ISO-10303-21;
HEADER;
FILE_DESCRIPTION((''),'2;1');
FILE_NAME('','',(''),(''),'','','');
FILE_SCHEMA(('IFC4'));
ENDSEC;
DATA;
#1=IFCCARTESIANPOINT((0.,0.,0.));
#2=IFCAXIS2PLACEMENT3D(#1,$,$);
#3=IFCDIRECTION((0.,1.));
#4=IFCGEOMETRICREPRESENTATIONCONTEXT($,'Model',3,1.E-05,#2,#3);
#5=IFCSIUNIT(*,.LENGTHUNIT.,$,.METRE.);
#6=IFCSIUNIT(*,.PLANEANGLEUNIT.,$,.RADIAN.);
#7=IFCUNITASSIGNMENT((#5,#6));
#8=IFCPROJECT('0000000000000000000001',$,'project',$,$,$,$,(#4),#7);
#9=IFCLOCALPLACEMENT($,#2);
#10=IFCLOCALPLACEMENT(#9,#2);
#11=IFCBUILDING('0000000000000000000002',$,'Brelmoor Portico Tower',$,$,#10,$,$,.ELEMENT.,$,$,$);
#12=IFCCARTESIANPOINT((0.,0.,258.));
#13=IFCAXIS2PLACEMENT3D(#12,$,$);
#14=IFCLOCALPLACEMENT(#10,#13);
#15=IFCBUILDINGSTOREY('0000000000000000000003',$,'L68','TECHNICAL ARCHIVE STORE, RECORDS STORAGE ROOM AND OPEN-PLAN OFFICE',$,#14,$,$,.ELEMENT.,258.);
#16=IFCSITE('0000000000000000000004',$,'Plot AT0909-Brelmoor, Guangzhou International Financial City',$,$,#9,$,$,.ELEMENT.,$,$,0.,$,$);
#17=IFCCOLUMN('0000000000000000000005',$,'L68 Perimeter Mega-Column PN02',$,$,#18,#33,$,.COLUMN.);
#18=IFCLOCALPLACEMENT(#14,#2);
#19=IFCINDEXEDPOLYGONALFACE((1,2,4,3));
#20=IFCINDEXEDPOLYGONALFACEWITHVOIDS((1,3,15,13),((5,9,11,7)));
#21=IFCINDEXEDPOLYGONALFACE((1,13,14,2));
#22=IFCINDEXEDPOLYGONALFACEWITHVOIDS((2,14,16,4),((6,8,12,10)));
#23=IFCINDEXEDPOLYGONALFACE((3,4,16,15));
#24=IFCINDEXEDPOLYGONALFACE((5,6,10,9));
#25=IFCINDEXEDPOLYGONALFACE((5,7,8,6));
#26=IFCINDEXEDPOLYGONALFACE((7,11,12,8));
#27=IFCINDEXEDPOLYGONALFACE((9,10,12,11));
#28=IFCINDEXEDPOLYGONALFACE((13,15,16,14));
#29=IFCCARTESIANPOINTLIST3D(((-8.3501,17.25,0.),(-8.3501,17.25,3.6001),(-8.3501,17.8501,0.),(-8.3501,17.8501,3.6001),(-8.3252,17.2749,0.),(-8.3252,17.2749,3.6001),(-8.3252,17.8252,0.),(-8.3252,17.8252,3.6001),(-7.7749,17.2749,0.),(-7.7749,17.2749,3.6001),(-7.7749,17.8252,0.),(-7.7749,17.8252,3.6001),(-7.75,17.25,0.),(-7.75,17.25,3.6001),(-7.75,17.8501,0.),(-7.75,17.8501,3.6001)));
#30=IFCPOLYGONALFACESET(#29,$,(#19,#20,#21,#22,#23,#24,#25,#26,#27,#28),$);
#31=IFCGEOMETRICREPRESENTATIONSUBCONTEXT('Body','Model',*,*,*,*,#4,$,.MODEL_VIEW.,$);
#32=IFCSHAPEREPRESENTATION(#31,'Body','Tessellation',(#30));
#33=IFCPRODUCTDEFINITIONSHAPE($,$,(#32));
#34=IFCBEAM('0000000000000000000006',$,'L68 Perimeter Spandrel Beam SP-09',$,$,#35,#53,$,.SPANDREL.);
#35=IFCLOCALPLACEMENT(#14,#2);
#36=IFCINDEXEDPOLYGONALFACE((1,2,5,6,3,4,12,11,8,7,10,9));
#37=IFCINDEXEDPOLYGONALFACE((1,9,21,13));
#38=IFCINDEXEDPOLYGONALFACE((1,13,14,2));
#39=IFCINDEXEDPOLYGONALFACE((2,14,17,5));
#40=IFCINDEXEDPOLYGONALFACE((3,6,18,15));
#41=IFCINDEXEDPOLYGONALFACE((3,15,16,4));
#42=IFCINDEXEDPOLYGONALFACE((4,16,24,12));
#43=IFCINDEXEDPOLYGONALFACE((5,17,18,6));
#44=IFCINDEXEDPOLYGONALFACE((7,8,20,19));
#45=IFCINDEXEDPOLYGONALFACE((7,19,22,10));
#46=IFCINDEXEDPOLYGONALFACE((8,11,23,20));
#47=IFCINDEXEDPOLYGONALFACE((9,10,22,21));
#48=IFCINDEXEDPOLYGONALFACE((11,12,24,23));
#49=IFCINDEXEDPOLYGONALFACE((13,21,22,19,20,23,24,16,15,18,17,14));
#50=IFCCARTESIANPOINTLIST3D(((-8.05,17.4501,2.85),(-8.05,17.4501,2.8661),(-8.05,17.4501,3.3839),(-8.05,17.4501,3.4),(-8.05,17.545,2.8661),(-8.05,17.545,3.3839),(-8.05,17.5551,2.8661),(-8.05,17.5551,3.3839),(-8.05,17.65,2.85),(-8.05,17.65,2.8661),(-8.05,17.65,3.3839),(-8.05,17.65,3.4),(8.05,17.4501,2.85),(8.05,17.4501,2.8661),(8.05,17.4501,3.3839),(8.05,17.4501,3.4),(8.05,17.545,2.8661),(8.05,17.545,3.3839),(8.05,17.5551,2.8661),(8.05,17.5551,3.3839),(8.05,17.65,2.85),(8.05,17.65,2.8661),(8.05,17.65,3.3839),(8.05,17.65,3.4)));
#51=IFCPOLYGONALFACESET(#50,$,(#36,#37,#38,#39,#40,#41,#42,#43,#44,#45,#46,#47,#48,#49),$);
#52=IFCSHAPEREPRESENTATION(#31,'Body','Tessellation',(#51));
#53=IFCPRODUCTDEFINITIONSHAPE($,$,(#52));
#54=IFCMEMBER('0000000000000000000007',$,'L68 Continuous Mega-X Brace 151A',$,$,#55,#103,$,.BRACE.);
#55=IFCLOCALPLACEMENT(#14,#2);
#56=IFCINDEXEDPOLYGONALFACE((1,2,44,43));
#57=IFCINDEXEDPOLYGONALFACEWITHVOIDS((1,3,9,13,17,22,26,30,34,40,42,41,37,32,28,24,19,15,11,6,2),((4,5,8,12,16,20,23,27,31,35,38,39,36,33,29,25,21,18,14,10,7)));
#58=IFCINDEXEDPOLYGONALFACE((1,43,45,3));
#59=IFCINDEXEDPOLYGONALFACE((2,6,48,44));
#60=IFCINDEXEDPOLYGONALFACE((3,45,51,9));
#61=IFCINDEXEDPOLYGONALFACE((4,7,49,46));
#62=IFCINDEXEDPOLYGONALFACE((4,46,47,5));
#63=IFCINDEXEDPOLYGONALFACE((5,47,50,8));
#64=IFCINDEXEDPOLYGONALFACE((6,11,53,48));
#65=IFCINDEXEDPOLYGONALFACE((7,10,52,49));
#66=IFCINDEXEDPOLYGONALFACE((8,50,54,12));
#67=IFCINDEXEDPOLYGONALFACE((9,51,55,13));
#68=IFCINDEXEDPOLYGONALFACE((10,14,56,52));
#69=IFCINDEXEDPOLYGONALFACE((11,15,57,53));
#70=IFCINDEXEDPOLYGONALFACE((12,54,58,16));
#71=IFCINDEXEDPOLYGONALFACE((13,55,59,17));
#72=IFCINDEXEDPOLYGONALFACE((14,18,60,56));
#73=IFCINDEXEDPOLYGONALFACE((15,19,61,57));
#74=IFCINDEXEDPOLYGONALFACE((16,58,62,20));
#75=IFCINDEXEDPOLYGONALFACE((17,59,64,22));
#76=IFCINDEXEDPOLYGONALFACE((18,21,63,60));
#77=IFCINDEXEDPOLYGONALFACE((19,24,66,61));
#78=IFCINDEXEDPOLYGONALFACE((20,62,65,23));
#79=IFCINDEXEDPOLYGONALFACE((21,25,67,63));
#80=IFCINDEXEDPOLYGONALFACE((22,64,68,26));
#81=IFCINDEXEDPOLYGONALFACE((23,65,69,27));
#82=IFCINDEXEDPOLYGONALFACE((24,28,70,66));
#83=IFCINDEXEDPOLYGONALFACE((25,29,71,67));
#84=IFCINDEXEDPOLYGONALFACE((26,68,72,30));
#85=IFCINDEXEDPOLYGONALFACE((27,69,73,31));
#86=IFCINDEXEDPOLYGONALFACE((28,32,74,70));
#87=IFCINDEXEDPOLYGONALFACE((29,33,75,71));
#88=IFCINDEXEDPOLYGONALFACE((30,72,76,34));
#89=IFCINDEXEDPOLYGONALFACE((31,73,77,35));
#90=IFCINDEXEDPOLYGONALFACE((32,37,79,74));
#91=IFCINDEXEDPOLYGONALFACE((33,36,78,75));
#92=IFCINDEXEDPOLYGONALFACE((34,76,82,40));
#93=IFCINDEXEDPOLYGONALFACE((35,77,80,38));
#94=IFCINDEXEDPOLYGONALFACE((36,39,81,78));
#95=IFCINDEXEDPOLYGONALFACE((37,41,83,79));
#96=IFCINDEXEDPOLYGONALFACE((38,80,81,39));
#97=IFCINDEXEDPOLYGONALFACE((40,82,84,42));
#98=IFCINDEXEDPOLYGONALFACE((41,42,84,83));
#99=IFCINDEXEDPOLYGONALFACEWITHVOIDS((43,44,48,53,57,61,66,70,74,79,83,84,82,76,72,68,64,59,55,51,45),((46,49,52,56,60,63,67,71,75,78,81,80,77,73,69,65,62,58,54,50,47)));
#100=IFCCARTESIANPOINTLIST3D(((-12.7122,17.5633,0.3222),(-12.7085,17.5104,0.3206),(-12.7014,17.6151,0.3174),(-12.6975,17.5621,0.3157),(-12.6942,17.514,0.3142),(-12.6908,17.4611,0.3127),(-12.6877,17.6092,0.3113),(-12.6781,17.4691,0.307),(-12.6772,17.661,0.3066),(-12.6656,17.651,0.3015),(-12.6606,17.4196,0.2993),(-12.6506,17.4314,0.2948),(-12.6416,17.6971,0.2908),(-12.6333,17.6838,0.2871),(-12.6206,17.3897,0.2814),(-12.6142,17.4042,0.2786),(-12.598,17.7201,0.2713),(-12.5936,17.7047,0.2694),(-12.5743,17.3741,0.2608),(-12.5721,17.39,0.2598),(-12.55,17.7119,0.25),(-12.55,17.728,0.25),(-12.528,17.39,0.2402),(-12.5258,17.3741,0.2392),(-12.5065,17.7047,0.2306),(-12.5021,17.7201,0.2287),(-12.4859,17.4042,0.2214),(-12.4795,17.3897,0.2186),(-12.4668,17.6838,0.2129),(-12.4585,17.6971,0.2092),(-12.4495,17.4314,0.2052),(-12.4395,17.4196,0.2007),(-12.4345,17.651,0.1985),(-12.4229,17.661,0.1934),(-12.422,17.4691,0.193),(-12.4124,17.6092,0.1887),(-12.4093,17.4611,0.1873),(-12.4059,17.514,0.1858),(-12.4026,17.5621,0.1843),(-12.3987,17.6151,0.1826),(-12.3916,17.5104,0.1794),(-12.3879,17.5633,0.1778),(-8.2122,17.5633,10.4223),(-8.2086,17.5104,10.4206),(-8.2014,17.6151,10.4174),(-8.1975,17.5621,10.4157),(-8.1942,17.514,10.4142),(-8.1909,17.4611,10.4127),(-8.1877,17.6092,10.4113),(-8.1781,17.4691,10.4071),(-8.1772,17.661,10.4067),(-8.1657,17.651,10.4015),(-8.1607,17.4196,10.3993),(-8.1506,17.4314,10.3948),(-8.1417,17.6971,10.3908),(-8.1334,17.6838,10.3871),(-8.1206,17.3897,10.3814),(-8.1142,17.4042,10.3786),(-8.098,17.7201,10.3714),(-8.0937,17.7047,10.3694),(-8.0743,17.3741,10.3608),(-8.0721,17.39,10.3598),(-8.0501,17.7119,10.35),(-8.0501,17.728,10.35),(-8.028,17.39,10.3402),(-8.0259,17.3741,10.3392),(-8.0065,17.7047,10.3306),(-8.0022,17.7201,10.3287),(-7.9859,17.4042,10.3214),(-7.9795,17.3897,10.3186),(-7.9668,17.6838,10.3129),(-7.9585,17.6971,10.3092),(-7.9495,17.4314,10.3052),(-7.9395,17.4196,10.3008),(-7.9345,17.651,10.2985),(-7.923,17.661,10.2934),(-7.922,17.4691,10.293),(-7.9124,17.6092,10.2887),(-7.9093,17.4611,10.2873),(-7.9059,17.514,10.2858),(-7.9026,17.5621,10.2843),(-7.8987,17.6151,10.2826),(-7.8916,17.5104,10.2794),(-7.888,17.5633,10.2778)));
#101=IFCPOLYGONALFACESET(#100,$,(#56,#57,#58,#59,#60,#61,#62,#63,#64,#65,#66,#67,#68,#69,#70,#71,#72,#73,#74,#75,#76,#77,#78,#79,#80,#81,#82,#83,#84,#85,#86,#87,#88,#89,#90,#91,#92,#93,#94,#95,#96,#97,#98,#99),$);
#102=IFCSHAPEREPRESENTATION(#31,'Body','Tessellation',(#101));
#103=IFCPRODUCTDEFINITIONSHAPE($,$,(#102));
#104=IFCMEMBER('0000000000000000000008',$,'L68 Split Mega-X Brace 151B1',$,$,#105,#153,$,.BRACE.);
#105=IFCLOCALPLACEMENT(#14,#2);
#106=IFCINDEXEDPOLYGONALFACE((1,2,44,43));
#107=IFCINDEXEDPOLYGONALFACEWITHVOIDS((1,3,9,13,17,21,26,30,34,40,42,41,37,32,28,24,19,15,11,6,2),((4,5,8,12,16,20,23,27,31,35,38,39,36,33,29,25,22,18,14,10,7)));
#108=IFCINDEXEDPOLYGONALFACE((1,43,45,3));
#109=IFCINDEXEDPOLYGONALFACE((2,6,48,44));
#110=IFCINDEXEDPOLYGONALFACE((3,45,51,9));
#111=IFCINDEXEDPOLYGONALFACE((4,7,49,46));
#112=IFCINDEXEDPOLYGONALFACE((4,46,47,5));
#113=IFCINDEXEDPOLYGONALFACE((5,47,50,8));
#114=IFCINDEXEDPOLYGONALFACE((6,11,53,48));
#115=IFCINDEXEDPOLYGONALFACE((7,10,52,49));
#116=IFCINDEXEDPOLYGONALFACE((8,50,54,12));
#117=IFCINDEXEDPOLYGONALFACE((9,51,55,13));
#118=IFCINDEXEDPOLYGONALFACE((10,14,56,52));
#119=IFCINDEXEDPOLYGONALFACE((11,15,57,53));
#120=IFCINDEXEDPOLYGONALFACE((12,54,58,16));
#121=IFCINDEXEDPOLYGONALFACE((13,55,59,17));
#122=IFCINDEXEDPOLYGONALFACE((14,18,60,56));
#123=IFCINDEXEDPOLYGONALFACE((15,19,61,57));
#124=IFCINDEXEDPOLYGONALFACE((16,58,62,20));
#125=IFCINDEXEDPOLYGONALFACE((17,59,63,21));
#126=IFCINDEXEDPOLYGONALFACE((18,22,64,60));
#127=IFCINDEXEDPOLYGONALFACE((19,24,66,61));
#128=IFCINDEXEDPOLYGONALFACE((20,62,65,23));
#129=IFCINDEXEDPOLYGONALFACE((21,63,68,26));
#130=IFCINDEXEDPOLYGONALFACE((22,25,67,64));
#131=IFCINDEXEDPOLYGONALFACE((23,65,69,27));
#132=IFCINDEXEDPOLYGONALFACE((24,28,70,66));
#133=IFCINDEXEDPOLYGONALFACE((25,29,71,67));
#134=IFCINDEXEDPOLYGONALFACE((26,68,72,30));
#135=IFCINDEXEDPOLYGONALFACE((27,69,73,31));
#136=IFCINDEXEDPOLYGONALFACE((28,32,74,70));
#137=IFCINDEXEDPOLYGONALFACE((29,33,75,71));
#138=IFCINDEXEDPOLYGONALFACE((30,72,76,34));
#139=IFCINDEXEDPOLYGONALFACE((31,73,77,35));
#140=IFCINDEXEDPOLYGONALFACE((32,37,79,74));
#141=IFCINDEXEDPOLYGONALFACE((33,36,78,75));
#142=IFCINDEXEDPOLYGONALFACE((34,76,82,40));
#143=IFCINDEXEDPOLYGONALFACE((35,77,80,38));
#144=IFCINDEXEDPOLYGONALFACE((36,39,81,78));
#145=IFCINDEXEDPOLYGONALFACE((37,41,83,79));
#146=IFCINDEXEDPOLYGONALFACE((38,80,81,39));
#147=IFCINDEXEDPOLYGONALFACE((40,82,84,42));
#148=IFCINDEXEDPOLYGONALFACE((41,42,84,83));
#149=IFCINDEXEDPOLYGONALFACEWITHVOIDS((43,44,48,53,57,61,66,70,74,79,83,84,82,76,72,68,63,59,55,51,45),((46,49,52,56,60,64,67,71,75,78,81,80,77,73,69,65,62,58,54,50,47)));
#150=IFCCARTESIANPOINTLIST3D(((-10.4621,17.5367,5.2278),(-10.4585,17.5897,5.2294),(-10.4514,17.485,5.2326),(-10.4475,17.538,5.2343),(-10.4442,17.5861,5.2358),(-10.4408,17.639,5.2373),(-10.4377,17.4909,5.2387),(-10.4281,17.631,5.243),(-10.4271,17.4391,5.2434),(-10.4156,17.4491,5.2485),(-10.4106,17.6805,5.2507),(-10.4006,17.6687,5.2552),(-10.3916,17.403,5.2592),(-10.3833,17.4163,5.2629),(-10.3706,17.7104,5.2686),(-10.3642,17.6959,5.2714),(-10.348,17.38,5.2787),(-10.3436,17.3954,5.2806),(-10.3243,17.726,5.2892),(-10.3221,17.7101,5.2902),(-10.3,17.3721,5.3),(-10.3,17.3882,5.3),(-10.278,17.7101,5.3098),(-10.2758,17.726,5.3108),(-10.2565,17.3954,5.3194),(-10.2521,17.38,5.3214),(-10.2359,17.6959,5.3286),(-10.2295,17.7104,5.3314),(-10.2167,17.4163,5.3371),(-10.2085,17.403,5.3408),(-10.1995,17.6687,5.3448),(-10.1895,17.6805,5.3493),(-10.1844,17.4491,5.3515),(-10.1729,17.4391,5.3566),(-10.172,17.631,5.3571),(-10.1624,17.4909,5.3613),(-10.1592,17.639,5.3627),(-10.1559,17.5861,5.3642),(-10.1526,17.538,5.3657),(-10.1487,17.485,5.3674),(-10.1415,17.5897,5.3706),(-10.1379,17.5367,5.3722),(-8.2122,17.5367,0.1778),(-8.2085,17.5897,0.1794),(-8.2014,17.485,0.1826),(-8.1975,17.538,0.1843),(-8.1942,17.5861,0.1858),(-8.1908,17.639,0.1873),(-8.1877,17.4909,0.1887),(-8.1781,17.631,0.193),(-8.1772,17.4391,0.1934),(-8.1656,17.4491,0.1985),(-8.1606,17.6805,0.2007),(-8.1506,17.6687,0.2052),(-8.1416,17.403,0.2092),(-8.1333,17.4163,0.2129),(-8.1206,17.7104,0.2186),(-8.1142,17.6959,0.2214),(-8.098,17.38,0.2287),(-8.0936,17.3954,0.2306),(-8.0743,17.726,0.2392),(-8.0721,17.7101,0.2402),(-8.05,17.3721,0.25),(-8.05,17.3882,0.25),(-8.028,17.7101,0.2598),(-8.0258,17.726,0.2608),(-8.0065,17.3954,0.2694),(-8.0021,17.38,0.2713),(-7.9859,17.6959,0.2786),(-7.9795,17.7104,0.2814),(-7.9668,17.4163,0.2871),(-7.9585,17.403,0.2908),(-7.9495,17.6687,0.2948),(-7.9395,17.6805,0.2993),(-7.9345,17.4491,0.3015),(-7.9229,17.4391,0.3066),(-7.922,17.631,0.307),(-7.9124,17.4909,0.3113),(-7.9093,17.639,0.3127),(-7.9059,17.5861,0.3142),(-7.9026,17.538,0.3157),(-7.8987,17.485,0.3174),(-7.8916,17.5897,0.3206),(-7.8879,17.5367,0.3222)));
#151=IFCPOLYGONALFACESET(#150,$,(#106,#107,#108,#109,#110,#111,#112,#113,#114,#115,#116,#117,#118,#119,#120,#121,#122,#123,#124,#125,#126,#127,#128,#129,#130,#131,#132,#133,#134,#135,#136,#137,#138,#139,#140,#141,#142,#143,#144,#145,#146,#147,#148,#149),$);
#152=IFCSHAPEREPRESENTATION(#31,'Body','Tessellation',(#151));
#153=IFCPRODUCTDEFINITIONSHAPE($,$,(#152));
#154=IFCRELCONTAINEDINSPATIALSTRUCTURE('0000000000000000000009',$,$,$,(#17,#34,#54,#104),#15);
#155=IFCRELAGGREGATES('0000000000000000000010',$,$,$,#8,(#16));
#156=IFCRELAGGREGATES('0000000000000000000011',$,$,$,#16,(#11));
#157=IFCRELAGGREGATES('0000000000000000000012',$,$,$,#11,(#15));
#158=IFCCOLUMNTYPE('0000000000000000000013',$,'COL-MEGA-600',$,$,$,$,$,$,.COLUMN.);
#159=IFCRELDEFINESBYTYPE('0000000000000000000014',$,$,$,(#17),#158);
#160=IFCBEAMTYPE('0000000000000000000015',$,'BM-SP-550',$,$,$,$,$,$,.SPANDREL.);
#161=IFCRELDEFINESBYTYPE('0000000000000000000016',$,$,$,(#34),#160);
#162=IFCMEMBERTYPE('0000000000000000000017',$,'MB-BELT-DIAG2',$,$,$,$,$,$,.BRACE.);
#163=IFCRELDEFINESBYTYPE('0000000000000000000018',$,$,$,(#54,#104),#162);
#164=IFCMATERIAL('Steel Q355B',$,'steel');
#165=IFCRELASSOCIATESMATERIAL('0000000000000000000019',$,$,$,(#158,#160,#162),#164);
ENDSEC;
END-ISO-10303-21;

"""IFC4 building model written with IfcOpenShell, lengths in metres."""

from ifc_helpers import new_model, si_unit, direction, frame, origin, origin_2d, place, context, subcontext, project, spatial, hollow_rectangle, hollow_circle, i_section, extrude, material, material_profile, profile_set, type_object, element, save


model = new_model("IFC4")

# Units and contexts
model_context = context("Model", 3, precision=1e-05, world=origin(), true_north=direction((0.0, 1.0)))
body_context = subcontext(model_context, "Body", "Model", "MODEL_VIEW")
ifc_project = project(units=[si_unit("LENGTHUNIT", "METRE"), si_unit("PLANEANGLEUNIT", "RADIAN")], contexts=[model_context])

# Site, building, storey
site_placement = place(None, origin())
site = spatial("IfcSite", under=ifc_project, at=site_placement, Name="Plot AT0909-Brelmoor, Guangzhou International Financial City", CompositionType="ELEMENT", RefElevation=0.0)
building_placement = place(site_placement, origin())
building = spatial("IfcBuilding", under=site, at=building_placement, Name="Brelmoor Portico Tower", CompositionType="ELEMENT")
storey_placement = place(building_placement, frame((0.0, 0.0, 258.0)))
storey = spatial("IfcBuildingStorey", under=building, at=storey_placement, Name="L68", Description="TECHNICAL ARCHIVE STORE, RECORDS STORAGE ROOM AND OPEN-PLAN OFFICE", CompositionType="ELEMENT", Elevation=258.0)

# Column
ifc_material_1 = material(Name="Steel Q355B", Category="steel")
ifc_material_profile_1 = material_profile(ifc_material_1, hollow_rectangle(XDim=0.6001, YDim=0.6001, WallThickness=0.0249, at=origin_2d()), Name="BOX 600x600x25")
ifc_profile_set_1 = profile_set([ifc_material_profile_1], Name="Steel Q355B")
column_type = type_object("IfcColumnType", Name="COL-MEGA-600", PredefinedType="COLUMN", material=ifc_profile_set_1)
column_placement = place(storey_placement, frame((-8.05, 17.55, 0.0), z_axis=(0.0, 0.0, 1.0), x_axis=(1.0, 0.0, 0.0)))
element("IfcColumn", 1, at=column_placement, inside=storey, type_object=column_type, Name="L68 Perimeter Mega-Column PN02", PredefinedType="COLUMN", context=body_context, shape_type="SweptSolid", body=[
    extrude(hollow_rectangle(XDim=0.6001, YDim=0.6001, WallThickness=0.0249, at=origin_2d()), origin(), (0.0, 0.0, 1.0), 3.6001),
])

# Beam
ifc_material_profile_2 = material_profile(ifc_material_1, i_section(OverallWidth=0.2, OverallDepth=0.55, WebThickness=0.01, FlangeThickness=0.0161, at=origin_2d()), Name="HN 550x200x10x16")
ifc_profile_set_2 = profile_set([ifc_material_profile_2], Name="Steel Q355B")
beam_type = type_object("IfcBeamType", Name="BM-SP-550", PredefinedType="SPANDREL", material=ifc_profile_set_2)
beam_placement = place(storey_placement, frame((-8.05, 17.55, 3.125), z_axis=(1.0, 0.0, 0.0), x_axis=(0.0, 1.0, 0.0)))
element("IfcBeam", 2, at=beam_placement, inside=storey, type_object=beam_type, Name="L68 Perimeter Spandrel Beam SP-09", PredefinedType="SPANDREL", context=body_context, shape_type="SweptSolid", body=[
    extrude(i_section(OverallWidth=0.2, OverallDepth=0.55, WebThickness=0.01, FlangeThickness=0.0161, at=origin_2d()), origin(), (0.0, 0.0, 1.0), 16.1001),
])

# Members
ifc_material_profile_3 = material_profile(ifc_material_1, hollow_circle(Radius=0.178, WallThickness=0.0161, at=origin_2d()), Name="CHS 356x16")
ifc_profile_set_3 = profile_set([ifc_material_profile_3], Name="Steel Q355B")
member_type_1 = type_object("IfcMemberType", Name="MB-BELT-DIAG2", PredefinedType="BRACE", material=ifc_profile_set_3)
member_1_placement = place(storey_placement, frame((-12.55, 17.55, 0.25), z_axis=(0.406974, 0.0, 0.91344), x_axis=(0.0, 1.0, 0.0)))
element("IfcMember", 3, at=member_1_placement, inside=storey, type_object=member_type_1, Name="L68 Continuous Mega-X Brace 151A", PredefinedType="BRACE", context=body_context, shape_type="SweptSolid", body=[
    extrude(hollow_circle(Radius=0.178, WallThickness=0.0161, at=origin_2d()), origin(), (0.0, 0.0, 1.0), 11.0571),
])
for number, where, z_axis, x_axis, name in (
    (4, (-8.05, 17.55, 0.25), (-0.406974, 0.0, 0.91344), (0.0, -1.0, 0.0), "L68 Split Mega-X Brace 151B1"),
):
    element("IfcMember", number, at=place(storey_placement, frame(where, z_axis=z_axis, x_axis=x_axis)), inside=storey, type_object=member_type_1, Name=name, PredefinedType="BRACE", context=body_context, shape_type="SweptSolid", body=[
        extrude(hollow_circle(Radius=0.178, WallThickness=0.0161, at=origin_2d()), origin(), (0.0, 0.0, 1.0), 5.5286),
    ])

save(model, "model.ifc")
